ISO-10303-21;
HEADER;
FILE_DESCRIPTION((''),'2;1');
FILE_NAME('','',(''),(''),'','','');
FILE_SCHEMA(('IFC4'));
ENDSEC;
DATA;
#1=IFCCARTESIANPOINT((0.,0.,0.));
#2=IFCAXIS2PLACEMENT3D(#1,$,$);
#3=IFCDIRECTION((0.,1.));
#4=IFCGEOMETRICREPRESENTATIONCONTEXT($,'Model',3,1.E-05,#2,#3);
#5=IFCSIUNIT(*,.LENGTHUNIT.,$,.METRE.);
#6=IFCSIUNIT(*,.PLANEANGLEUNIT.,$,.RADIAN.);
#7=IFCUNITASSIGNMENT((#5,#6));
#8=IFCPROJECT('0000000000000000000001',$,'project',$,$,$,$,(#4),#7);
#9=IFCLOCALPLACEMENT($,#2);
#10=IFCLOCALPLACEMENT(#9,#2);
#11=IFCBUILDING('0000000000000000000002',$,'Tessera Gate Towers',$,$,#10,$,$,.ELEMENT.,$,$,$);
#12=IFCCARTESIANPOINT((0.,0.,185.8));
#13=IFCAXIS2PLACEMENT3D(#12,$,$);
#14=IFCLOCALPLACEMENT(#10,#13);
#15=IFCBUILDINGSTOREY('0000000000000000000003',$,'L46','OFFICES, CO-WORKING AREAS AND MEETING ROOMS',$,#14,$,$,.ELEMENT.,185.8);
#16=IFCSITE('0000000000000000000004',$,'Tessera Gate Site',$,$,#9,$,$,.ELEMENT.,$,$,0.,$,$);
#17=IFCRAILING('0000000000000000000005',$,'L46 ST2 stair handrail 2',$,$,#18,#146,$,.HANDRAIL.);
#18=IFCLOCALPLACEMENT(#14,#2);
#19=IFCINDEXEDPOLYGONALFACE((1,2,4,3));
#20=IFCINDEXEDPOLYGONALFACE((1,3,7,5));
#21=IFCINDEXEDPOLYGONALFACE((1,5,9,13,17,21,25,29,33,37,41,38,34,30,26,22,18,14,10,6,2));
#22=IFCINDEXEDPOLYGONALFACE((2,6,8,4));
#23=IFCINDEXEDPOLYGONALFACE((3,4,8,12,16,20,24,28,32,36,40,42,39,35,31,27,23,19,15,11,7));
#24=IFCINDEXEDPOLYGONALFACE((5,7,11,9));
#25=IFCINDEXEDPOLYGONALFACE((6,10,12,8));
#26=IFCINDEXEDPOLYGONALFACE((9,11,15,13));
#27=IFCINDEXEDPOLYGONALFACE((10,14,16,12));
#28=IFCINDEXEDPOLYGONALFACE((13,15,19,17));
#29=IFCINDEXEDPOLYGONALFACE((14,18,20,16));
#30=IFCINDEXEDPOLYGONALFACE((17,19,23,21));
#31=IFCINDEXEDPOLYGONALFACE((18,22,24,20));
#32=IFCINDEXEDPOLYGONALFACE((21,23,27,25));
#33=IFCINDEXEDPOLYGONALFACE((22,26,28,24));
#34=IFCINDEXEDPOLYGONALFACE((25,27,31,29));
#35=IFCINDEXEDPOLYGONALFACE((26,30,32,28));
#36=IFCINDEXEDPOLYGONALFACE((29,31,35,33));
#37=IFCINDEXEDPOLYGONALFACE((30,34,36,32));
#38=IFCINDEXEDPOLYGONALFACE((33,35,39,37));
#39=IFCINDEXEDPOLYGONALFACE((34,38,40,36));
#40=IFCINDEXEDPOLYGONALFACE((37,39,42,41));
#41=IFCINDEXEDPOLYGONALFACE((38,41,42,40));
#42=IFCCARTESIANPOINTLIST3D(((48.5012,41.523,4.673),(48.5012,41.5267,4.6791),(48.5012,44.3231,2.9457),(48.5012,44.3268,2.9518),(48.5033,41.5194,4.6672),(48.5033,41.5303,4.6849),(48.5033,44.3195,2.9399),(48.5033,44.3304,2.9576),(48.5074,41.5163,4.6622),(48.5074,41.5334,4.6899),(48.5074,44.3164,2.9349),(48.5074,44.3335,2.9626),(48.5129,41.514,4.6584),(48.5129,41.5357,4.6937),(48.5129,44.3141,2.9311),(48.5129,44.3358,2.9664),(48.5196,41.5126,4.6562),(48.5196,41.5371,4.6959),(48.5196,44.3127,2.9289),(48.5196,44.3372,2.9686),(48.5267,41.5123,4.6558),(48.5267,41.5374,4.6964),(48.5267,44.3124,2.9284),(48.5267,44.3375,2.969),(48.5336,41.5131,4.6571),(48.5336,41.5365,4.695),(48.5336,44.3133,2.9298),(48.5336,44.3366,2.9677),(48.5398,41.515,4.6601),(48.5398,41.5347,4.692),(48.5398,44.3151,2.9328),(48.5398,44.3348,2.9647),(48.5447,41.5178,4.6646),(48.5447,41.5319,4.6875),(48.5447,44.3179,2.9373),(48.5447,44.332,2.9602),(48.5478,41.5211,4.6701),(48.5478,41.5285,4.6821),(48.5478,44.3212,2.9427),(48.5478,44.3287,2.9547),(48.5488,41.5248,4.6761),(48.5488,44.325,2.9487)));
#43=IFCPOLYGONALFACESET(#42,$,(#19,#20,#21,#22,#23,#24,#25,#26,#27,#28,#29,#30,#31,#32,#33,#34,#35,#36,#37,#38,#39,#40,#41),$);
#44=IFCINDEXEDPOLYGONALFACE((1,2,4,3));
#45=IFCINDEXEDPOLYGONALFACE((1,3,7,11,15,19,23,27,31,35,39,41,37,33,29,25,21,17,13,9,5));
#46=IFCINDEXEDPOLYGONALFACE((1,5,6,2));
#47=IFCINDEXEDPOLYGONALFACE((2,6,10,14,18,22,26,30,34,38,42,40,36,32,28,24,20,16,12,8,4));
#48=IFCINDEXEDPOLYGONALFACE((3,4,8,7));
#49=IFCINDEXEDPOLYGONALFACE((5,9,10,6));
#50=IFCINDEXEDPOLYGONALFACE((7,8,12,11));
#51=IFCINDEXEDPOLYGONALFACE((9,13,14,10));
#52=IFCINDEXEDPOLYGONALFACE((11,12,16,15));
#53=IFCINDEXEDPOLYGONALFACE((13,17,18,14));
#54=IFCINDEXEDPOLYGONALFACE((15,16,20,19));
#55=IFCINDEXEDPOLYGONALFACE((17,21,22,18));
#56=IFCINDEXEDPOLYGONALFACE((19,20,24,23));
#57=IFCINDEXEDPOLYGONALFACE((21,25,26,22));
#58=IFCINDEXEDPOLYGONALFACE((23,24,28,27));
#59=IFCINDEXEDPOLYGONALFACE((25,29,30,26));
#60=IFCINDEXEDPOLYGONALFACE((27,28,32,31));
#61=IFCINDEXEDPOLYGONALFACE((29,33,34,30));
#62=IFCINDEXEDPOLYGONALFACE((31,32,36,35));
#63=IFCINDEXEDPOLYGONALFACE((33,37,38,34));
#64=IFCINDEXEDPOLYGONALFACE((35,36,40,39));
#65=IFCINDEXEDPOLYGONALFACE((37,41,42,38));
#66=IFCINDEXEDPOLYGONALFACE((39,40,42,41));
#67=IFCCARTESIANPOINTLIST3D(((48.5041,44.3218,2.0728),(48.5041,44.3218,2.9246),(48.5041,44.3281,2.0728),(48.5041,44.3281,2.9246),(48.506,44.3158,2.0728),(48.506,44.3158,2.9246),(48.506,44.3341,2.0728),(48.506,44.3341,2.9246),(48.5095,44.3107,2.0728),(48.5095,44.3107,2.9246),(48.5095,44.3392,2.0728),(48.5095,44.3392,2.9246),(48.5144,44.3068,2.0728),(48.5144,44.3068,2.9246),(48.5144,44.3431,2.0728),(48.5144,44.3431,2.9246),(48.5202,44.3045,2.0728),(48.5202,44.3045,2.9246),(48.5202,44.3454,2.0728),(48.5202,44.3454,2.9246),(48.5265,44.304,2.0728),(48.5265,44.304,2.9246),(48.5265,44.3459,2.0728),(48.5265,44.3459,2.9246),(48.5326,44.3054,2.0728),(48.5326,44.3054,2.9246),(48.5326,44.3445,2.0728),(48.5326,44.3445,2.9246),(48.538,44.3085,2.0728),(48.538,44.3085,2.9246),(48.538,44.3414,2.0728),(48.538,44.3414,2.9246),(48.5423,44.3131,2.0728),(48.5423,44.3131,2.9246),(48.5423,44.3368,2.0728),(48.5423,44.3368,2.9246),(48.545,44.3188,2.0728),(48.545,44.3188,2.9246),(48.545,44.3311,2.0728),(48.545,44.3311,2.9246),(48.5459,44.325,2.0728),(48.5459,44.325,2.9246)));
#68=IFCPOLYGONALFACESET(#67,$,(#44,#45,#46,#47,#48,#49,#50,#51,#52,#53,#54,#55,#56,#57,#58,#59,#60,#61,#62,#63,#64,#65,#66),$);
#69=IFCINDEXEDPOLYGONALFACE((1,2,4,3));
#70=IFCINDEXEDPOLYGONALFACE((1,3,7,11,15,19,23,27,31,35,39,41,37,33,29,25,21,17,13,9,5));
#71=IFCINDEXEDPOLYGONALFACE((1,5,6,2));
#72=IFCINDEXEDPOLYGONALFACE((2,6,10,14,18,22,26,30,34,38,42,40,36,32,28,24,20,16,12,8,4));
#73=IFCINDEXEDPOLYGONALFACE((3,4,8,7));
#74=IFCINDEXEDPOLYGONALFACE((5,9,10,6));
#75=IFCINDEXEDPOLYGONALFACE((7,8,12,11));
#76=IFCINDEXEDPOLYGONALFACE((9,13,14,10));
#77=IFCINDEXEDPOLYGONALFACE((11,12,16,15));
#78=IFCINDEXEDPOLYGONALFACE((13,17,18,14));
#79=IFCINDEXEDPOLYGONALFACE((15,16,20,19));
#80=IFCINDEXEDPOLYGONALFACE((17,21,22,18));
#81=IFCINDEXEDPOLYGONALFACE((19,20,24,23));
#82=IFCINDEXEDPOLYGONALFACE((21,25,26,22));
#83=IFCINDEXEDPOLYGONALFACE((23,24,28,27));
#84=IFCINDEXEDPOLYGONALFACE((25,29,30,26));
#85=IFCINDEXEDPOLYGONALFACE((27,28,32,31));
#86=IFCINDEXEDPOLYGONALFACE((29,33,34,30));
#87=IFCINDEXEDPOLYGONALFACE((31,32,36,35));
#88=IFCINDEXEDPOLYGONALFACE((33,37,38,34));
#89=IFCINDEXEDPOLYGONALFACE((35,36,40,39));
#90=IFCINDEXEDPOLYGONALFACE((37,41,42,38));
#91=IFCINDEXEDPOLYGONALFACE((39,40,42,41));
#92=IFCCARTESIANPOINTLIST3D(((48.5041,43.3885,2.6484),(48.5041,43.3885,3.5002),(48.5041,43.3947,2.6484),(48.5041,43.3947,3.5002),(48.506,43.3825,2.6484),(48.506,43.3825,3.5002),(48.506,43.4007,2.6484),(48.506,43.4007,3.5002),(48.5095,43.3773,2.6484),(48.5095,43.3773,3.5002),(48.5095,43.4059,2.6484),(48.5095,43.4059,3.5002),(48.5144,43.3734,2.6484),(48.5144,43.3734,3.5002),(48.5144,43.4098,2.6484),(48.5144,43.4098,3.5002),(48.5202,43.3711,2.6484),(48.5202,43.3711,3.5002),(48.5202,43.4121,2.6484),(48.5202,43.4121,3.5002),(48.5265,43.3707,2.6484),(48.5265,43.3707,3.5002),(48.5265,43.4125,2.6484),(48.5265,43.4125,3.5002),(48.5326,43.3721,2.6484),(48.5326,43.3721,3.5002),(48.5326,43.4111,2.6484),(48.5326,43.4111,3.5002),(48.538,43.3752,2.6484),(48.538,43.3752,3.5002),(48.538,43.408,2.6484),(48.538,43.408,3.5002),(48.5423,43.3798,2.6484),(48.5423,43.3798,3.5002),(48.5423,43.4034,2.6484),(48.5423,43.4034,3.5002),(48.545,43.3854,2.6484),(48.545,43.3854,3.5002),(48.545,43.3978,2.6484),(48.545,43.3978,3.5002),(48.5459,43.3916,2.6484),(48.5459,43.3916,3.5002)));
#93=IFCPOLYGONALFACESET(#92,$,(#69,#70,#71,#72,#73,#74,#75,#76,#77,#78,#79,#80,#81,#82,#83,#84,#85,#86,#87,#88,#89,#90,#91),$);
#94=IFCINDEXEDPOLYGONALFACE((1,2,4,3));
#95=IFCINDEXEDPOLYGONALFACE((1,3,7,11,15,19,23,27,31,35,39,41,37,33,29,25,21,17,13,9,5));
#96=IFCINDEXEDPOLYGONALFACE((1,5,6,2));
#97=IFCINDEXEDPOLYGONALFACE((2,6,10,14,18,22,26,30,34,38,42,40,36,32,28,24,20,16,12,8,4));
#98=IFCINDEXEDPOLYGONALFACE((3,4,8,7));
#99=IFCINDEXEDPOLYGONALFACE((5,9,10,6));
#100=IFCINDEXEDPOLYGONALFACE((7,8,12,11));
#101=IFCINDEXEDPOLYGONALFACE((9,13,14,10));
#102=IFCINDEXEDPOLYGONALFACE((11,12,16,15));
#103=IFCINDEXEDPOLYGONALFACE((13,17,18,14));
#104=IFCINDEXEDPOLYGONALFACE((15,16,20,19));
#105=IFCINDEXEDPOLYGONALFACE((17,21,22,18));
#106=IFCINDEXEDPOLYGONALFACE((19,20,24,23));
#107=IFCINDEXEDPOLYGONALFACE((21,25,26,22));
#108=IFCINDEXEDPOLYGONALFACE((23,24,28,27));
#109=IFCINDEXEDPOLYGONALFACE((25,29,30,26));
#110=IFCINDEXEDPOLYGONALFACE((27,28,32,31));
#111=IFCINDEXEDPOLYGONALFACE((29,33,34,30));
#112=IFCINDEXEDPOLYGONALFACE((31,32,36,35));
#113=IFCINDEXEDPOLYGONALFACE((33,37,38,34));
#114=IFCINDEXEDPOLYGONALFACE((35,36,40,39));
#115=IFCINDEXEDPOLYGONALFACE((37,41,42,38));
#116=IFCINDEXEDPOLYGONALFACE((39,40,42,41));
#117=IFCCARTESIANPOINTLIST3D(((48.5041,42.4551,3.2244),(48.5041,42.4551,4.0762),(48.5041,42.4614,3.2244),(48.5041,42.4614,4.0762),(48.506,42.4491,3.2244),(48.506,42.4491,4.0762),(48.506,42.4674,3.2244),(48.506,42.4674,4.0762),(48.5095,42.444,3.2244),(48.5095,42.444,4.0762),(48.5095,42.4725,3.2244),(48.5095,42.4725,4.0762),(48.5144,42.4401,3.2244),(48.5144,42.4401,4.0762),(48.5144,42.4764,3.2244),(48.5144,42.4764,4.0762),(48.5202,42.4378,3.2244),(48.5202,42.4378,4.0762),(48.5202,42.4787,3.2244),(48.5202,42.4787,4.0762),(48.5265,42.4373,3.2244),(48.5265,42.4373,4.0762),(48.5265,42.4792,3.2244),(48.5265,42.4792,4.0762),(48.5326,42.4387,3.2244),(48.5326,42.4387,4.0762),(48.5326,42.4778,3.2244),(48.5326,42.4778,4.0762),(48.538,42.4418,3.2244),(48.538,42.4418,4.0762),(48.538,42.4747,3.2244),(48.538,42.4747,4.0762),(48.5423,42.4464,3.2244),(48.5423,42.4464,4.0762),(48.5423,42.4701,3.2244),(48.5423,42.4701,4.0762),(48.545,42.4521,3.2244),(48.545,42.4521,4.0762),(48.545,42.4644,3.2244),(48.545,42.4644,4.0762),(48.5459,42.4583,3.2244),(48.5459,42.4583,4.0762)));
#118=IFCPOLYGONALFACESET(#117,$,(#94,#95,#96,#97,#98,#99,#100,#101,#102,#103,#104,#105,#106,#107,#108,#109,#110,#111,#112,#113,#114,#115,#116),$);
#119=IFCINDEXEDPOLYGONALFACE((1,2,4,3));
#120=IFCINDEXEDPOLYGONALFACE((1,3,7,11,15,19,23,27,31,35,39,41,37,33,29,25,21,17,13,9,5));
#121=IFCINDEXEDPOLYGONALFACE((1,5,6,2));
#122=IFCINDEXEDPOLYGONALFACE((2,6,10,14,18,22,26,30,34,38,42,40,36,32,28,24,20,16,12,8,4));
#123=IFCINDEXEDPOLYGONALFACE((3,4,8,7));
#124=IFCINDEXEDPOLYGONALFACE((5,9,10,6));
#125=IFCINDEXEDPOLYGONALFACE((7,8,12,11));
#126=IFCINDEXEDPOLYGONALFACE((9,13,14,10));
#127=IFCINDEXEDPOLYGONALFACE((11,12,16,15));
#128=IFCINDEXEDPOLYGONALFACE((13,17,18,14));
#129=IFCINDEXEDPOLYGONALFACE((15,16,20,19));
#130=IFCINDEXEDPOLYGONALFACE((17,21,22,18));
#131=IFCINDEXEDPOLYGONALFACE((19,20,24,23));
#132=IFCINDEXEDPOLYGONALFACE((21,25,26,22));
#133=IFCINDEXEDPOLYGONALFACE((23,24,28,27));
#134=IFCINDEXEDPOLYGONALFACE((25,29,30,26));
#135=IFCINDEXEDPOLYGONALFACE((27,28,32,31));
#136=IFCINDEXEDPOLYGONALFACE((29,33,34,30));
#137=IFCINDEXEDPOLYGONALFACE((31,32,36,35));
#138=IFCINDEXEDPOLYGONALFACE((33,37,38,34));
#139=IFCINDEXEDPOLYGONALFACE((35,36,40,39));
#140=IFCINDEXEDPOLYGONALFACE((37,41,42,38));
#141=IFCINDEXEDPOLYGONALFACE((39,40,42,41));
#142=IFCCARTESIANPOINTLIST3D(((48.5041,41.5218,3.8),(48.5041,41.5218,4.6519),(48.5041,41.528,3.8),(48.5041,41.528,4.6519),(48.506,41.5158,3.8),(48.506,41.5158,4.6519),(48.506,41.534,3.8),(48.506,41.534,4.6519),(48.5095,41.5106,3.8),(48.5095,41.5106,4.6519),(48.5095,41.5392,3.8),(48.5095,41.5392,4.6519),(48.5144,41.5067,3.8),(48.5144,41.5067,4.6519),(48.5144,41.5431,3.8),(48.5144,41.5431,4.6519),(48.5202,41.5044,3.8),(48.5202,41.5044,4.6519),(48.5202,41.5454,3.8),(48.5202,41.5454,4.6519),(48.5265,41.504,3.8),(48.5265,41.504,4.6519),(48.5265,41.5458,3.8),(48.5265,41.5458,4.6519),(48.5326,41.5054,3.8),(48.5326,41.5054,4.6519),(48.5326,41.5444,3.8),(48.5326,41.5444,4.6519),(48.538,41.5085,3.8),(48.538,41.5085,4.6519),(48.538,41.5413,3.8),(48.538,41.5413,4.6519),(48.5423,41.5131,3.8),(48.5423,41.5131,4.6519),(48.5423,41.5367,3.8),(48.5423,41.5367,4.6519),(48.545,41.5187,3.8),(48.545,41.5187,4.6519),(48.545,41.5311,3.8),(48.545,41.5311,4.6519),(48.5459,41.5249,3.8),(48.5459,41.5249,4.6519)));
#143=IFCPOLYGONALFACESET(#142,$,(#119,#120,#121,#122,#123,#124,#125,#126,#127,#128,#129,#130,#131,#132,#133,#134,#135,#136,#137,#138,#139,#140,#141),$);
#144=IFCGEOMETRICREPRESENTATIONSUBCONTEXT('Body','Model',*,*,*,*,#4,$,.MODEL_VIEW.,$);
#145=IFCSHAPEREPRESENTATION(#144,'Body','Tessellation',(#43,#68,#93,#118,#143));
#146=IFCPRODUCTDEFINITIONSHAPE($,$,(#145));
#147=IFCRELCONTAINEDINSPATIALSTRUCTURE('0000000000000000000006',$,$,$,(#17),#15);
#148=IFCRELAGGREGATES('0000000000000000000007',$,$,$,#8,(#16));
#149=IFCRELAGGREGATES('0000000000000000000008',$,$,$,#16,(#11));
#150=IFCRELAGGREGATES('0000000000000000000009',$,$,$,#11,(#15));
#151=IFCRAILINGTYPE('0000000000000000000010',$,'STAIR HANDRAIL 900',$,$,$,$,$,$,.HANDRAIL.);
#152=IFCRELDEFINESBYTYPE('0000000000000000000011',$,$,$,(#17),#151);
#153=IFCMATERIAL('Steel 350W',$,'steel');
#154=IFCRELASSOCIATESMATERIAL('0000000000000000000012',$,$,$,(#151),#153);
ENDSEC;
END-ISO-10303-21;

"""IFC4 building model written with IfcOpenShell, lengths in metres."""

from ifc_helpers import new_model, si_unit, direction, frame, origin, origin_2d, place, context, subcontext, project, spatial, circle, extrude, material, type_object, element, save


model = new_model("IFC4")

# Units and contexts
model_context = context("Model", 3, precision=1e-05, world=origin(), true_north=direction((0.0, 1.0)))
body_context = subcontext(model_context, "Body", "Model", "MODEL_VIEW")
ifc_project = project(units=[si_unit("LENGTHUNIT", "METRE"), si_unit("PLANEANGLEUNIT", "RADIAN")], contexts=[model_context])

# Site, building, storey
site_placement = place(None, origin())
site = spatial("IfcSite", under=ifc_project, at=site_placement, Name="Tessera Gate Site", CompositionType="ELEMENT", RefElevation=0.0)
building_placement = place(site_placement, origin())
building = spatial("IfcBuilding", under=site, at=building_placement, Name="Tessera Gate Towers", CompositionType="ELEMENT")
storey_placement = place(building_placement, frame((0.0, 0.0, 185.8)))
storey = spatial("IfcBuildingStorey", under=building, at=storey_placement, Name="L46", Description="OFFICES, CO-WORKING AREAS AND MEETING ROOMS", CompositionType="ELEMENT", Elevation=185.8)

# Railing
ifc_material_1 = material(Name="Steel 350W", Category="steel")
railing_type_1 = type_object("IfcRailingType", Name="STAIR HANDRAIL 900", PredefinedType="HANDRAIL", material=ifc_material_1)
railing_1_placement = place(storey_placement, frame((48.5249, 44.325, 2.0728)))
element("IfcRailing", 1, at=railing_1_placement, inside=storey, type_object=railing_type_1, Name="L46 ST2 stair handrail 2", PredefinedType="HANDRAIL", context=body_context, shape_type="SweptSolid", body=[
    extrude(circle(Radius=0.0239, at=origin_2d()), frame((0.0, 0.0, 0.876), z_axis=(0.0, -0.85109, 0.52502), x_axis=(1.0, 0.0, 0.0)), (0.0, 0.0, 1.0), 3.29),
    extrude(circle(Radius=0.021, at=origin_2d()), origin(), (0.0, 0.0, 1.0), 0.8518),
    extrude(circle(Radius=0.021, at=origin_2d()), frame((0.0, -0.9333, 0.5757)), (0.0, 0.0, 1.0), 0.8518),
    extrude(circle(Radius=0.021, at=origin_2d()), frame((0.0, -1.8667, 1.1516)), (0.0, 0.0, 1.0), 0.8518),
    extrude(circle(Radius=0.021, at=origin_2d()), frame((0.0, -2.8, 1.7273)), (0.0, 0.0, 1.0), 0.8518),
])

save(model, "model.ifc")
